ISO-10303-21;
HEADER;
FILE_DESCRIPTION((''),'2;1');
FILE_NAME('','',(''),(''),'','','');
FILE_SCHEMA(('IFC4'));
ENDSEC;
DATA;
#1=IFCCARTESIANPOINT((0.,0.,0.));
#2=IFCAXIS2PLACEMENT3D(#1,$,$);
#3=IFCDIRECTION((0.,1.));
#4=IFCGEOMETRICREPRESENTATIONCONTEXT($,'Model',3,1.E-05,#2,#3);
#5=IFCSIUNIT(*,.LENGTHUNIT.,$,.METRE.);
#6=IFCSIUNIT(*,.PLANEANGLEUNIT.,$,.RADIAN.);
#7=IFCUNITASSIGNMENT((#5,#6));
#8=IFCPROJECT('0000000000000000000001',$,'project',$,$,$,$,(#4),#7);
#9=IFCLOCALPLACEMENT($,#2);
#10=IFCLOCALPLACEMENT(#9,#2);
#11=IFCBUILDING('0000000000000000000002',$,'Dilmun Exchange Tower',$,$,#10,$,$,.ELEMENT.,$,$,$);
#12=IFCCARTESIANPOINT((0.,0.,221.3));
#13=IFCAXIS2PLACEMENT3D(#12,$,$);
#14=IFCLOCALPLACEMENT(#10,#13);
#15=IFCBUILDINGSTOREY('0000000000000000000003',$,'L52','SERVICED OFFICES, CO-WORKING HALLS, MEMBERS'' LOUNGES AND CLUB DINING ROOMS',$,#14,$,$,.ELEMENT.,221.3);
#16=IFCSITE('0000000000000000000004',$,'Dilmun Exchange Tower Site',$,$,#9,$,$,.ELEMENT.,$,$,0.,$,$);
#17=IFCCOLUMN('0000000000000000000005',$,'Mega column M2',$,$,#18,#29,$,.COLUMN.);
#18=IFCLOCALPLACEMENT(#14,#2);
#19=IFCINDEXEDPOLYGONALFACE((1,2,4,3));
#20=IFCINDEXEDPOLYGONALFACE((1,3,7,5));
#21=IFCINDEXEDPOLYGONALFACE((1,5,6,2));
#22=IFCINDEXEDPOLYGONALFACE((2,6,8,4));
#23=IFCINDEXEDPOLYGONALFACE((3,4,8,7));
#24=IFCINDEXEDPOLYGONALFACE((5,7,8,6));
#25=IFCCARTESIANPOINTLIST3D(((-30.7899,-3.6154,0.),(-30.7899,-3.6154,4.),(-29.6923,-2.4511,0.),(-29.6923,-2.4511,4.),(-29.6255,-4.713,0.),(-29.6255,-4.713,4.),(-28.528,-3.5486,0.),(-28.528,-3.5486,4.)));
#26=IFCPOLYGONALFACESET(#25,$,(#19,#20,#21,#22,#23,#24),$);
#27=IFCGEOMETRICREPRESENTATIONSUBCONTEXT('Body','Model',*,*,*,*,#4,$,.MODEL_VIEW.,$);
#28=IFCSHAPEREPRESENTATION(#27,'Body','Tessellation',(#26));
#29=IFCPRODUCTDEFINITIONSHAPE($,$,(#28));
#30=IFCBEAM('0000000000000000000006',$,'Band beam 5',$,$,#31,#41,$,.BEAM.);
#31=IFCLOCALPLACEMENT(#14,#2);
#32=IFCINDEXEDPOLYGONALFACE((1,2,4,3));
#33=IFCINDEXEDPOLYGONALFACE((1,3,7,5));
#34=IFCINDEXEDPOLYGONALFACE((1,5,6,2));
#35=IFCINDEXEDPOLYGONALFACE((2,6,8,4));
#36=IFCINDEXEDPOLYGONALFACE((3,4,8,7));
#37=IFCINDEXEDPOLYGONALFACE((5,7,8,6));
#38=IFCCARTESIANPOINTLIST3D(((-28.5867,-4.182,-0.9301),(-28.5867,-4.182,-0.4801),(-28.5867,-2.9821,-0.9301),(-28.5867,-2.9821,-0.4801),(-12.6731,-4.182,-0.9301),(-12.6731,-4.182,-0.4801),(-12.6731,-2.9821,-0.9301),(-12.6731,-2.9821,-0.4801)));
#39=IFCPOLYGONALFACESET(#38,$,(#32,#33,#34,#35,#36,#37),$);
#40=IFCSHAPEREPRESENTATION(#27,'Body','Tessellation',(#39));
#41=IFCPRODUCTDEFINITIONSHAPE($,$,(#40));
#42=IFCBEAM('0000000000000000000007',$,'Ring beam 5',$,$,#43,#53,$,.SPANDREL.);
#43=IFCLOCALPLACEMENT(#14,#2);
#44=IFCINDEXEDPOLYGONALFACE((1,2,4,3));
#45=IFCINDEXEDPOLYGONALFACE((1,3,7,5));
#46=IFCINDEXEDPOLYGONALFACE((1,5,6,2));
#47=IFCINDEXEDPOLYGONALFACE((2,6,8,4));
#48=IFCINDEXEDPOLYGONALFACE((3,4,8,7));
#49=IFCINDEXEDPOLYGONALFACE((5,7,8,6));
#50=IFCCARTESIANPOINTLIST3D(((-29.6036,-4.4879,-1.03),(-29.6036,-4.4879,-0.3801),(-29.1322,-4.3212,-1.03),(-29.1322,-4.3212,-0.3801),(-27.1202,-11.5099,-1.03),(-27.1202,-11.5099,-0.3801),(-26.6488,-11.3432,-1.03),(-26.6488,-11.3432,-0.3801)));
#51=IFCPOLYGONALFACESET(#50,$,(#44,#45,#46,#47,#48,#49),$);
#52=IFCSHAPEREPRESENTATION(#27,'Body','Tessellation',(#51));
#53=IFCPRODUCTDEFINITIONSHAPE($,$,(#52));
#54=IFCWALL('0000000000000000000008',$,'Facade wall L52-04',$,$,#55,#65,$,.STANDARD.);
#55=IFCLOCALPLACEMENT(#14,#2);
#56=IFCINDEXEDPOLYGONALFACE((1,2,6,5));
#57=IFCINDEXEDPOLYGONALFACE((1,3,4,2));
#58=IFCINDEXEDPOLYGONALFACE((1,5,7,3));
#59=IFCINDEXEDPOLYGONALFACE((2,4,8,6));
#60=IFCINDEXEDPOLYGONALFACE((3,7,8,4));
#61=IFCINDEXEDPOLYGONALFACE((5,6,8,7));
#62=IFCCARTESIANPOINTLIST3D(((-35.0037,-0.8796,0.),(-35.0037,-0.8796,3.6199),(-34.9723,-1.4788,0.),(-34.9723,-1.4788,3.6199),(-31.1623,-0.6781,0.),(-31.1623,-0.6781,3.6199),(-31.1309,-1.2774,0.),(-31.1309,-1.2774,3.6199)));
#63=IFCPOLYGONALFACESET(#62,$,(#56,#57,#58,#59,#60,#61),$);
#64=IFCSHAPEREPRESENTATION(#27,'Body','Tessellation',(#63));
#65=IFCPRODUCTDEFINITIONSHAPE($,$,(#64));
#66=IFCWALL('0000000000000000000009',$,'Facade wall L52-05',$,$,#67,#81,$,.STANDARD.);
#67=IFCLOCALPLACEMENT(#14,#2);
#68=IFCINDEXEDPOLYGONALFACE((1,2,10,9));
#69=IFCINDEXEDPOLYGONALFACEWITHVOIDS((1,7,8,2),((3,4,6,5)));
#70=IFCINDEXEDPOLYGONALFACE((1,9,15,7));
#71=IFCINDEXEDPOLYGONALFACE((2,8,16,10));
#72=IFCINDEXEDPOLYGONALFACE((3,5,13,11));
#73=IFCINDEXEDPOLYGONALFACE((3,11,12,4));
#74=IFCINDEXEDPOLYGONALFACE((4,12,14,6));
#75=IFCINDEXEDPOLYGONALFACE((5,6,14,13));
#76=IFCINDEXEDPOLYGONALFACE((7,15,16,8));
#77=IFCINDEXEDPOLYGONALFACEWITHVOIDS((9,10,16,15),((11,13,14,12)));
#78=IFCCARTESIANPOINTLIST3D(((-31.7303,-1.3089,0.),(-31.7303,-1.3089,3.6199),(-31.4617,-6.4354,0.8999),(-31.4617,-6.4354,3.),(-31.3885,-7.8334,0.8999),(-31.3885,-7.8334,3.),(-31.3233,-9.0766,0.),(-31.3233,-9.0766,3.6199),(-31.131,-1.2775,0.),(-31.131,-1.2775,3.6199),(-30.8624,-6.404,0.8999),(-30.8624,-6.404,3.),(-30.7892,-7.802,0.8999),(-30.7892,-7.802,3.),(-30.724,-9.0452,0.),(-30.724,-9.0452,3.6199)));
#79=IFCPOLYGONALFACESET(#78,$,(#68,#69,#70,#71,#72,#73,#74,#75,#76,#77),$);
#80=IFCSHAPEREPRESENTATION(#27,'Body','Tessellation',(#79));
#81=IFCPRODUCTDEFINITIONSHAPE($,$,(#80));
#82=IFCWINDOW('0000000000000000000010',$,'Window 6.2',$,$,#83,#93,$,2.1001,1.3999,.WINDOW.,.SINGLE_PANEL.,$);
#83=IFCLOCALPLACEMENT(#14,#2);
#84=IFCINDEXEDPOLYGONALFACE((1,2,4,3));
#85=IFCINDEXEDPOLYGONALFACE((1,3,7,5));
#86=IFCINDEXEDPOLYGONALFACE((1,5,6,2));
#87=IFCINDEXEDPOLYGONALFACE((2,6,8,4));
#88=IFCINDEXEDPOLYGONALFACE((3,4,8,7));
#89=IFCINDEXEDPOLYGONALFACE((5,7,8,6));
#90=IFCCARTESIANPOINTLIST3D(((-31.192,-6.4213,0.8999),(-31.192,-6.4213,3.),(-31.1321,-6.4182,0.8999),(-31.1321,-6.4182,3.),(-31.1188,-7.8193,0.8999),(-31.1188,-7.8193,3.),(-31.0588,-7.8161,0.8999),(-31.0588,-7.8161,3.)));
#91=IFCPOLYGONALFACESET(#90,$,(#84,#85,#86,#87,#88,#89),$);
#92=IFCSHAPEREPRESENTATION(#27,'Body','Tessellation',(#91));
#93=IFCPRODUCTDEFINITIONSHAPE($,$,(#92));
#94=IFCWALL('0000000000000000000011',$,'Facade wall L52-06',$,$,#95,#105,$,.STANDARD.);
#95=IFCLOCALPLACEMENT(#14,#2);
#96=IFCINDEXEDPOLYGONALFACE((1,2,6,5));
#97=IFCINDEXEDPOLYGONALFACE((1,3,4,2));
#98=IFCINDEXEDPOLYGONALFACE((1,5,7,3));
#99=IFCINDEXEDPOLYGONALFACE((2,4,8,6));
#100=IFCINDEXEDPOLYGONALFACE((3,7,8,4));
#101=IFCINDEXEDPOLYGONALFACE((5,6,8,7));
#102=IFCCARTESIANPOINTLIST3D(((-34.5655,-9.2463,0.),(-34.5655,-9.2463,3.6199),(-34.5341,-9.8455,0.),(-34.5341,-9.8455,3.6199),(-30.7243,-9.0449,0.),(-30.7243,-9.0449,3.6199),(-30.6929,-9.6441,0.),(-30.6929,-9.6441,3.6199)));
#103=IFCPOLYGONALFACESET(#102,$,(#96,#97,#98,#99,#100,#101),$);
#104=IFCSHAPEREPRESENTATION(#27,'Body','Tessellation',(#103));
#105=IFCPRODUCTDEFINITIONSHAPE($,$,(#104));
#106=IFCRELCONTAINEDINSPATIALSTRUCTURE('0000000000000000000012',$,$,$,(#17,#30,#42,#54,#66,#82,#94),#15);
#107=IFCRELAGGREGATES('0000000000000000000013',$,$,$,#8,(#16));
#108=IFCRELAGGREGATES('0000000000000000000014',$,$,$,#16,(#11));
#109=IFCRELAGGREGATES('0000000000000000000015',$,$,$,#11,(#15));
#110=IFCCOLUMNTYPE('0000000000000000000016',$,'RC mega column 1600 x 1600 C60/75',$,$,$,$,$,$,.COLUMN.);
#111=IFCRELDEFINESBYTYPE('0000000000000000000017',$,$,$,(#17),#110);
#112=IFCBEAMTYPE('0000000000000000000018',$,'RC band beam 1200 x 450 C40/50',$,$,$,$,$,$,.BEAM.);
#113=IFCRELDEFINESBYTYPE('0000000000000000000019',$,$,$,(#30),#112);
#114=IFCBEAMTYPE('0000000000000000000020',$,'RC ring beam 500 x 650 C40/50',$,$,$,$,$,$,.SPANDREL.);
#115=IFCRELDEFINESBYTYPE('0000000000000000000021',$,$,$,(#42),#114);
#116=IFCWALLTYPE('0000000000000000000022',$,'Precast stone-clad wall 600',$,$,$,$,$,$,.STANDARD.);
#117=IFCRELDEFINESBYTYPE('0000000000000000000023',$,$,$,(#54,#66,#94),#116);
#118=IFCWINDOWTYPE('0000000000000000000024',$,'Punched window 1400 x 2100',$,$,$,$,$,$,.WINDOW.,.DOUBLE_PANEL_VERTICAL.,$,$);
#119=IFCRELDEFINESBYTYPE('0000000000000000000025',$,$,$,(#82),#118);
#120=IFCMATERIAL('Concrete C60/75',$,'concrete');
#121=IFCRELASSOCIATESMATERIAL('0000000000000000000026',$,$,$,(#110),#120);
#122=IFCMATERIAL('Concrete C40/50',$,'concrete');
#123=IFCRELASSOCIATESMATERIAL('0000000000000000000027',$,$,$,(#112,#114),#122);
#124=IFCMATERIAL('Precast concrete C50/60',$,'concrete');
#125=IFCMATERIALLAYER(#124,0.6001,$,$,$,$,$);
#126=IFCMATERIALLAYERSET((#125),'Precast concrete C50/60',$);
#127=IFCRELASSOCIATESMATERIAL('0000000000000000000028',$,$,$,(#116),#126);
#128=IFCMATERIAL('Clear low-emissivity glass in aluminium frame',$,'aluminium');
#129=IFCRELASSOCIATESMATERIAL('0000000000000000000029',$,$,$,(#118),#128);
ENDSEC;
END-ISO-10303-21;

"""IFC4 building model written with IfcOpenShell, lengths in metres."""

from ifc_helpers import new_model, si_unit, direction, frame, frame_2d, origin, origin_2d, place, context, subcontext, project, spatial, rectangle, extrude, material, layer, layer_set, material_profile, profile_set, type_object, element, fill, save


model = new_model("IFC4")

# Units and contexts
model_context = context("Model", 3, precision=1e-05, world=origin(), true_north=direction((0.0, 1.0)))
body_context = subcontext(model_context, "Body", "Model", "MODEL_VIEW")
ifc_project = project(units=[si_unit("LENGTHUNIT", "METRE"), si_unit("PLANEANGLEUNIT", "RADIAN")], contexts=[model_context])

# Site, building, storey
site_placement = place(None, origin())
site = spatial("IfcSite", under=ifc_project, at=site_placement, Name="Dilmun Exchange Tower Site", CompositionType="ELEMENT", RefElevation=0.0)
building_placement = place(site_placement, origin())
building = spatial("IfcBuilding", under=site, at=building_placement, Name="Dilmun Exchange Tower", CompositionType="ELEMENT")
storey_placement = place(building_placement, frame((0.0, 0.0, 221.3)))
storey = spatial("IfcBuildingStorey", under=building, at=storey_placement, Name="L52", Description="SERVICED OFFICES, CO-WORKING HALLS, MEMBERS' LOUNGES AND CLUB DINING ROOMS", CompositionType="ELEMENT", Elevation=221.3)

# Column
ifc_material_1 = material(Name="Concrete C60/75", Category="concrete")
ifc_material_profile_1 = material_profile(ifc_material_1, rectangle(XDim=1.6001, YDim=1.6001, at=origin_2d()), Name="1600 x 1600")
ifc_profile_set_1 = profile_set([ifc_material_profile_1], Name="Concrete C60/75")
column_type = type_object("IfcColumnType", Name="RC mega column 1600 x 1600 C60/75", PredefinedType="COLUMN", material=ifc_profile_set_1)
column_placement = place(storey_placement, frame((-29.6589, -3.582, 0.0), z_axis=(0.0, 0.0, 1.0), x_axis=(0.685916, 0.727681, 0.0)))
element("IfcColumn", 1, at=column_placement, inside=storey, type_object=column_type, Name="Mega column M2", PredefinedType="COLUMN", context=body_context, shape_type="SweptSolid", body=[
    extrude(rectangle(XDim=1.6001, YDim=1.6001, at=origin_2d()), origin(), (0.0, 0.0, 1.0), 4.0),
])

# Beams
ifc_material_2 = material(Name="Concrete C40/50", Category="concrete")
ifc_material_profile_2 = material_profile(ifc_material_2, rectangle(XDim=1.2, YDim=0.45, at=origin_2d()), Name="1200 x 450")
ifc_profile_set_2 = profile_set([ifc_material_profile_2], Name="Concrete C40/50")
beam_type_1 = type_object("IfcBeamType", Name="RC band beam 1200 x 450 C40/50", PredefinedType="BEAM", material=ifc_profile_set_2)
beam_1_placement = place(storey_placement, frame((-28.5867, -3.582, -0.7051), z_axis=(1.0, 0.0, 0.0), x_axis=(0.0, 1.0, 0.0)))
element("IfcBeam", 2, at=beam_1_placement, inside=storey, type_object=beam_type_1, Name="Band beam 5", PredefinedType="BEAM", context=body_context, shape_type="SweptSolid", body=[
    extrude(rectangle(XDim=1.2, YDim=0.45, at=origin_2d()), origin(), (0.0, 0.0, 1.0), 15.9136),
])
ifc_material_profile_3 = material_profile(ifc_material_2, rectangle(XDim=0.5, YDim=0.6499, at=origin_2d()), Name="500 x 650")
ifc_profile_set_3 = profile_set([ifc_material_profile_3], Name="Concrete C40/50")
beam_type_2 = type_object("IfcBeamType", Name="RC ring beam 500 x 650 C40/50", PredefinedType="SPANDREL", material=ifc_profile_set_3)
beam_2_placement = place(storey_placement, frame((-29.3679, -4.4045, -0.7051), z_axis=(0.333424, -0.942777, 0.0), x_axis=(0.942777, 0.333424, 0.0)))
element("IfcBeam", 3, at=beam_2_placement, inside=storey, type_object=beam_type_2, Name="Ring beam 5", PredefinedType="SPANDREL", context=body_context, shape_type="SweptSolid", body=[
    extrude(rectangle(XDim=0.5, YDim=0.6499, at=origin_2d()), origin(), (0.0, 0.0, 1.0), 7.4482),
])

# Wall
ifc_material_3 = material(Name="Precast concrete C50/60", Category="concrete")
ifc_layer = layer(ifc_material_3, 0.6001)
ifc_layer_set = layer_set([ifc_layer], Name="Precast concrete C50/60")
wall_type = type_object("IfcWallType", Name="Precast stone-clad wall 600", PredefinedType="STANDARD", material=ifc_layer_set)
wall_1_placement = place(storey_placement, frame((-34.988, -1.1792, 0.0), z_axis=(0.0, 0.0, 1.0), x_axis=(0.998628, 0.052362, 0.0)))
element("IfcWall", 4, at=wall_1_placement, inside=storey, type_object=wall_type, Name="Facade wall L52-04", PredefinedType="STANDARD", context=body_context, shape_type="SweptSolid", body=[
    extrude(rectangle(XDim=3.8467, YDim=0.6001, at=frame_2d((1.9233, 0.0))), origin(), (0.0, 0.0, 1.0), 3.6199),
])

# Wall, opening, window
wall_2_placement = place(storey_placement, frame((-31.4307, -1.2932, 0.0), z_axis=(0.0, 0.0, 1.0), x_axis=(0.052323, -0.99863, 0.0)))
wall_2 = element("IfcWall", 5, at=wall_2_placement, inside=storey, type_object=wall_type, Name="Facade wall L52-05", PredefinedType="STANDARD", context=body_context, shape_type="SweptSolid", body=[
    extrude(rectangle(XDim=7.7783, YDim=0.6001, at=frame_2d((3.8892, 0.0))), origin(), (0.0, 0.0, 1.0), 3.6199),
])
opening_1_placement = place(wall_2_placement, frame((5.1335, 0.0, 0.8999)))
opening_1 = element("IfcOpeningElement", 6, at=opening_1_placement, cuts=wall_2, PredefinedType="OPENING", context=body_context, shape_type="SweptSolid", body=[
    extrude(rectangle(XDim=1.3999, YDim=2.1001, at=frame_2d((0.7, 1.05))), frame((0.0, 0.3101, 0.0), z_axis=(0.0, -1.0, 0.0), x_axis=(1.0, 0.0, 0.0)), (0.0, 0.0, 1.0), 0.6201),
])
ifc_material_4 = material(Name="Clear low-emissivity glass in aluminium frame", Category="aluminium")
window_type_1 = type_object("IfcWindowType", Name="Punched window 1400 x 2100", PartitioningType="DOUBLE_PANEL_VERTICAL", PredefinedType="WINDOW", material=ifc_material_4)
window_1_placement = place(opening_1_placement, origin())
window_1 = element("IfcWindow", 7, at=window_1_placement, inside=storey, type_object=window_type_1, Name="Window 6.2", OverallHeight=2.1001, OverallWidth=1.3999, PartitioningType="SINGLE_PANEL", PredefinedType="WINDOW", context=body_context, shape_type="SweptSolid", body=[
    extrude(rectangle(XDim=1.3999, YDim=2.1001, at=frame_2d((0.7, 1.05))), frame((0.0, 0.03, 0.0), z_axis=(0.0, -1.0, 0.0), x_axis=(1.0, 0.0, 0.0)), (0.0, 0.0, 1.0), 0.0601),
])
fill(opening_1, window_1)

# Wall
wall_3_placement = place(storey_placement, frame((-30.7085, -9.3445, 0.0), z_axis=(0.0, 0.0, 1.0), x_axis=(-0.998628, -0.052366, 0.0)))
element("IfcWall", 8, at=wall_3_placement, inside=storey, type_object=wall_type, Name="Facade wall L52-06", PredefinedType="STANDARD", context=body_context, shape_type="SweptSolid", body=[
    extrude(rectangle(XDim=3.8464, YDim=0.6001, at=frame_2d((1.9233, 0.0))), origin(), (0.0, 0.0, 1.0), 3.6199),
])

save(model, "model.ifc")
